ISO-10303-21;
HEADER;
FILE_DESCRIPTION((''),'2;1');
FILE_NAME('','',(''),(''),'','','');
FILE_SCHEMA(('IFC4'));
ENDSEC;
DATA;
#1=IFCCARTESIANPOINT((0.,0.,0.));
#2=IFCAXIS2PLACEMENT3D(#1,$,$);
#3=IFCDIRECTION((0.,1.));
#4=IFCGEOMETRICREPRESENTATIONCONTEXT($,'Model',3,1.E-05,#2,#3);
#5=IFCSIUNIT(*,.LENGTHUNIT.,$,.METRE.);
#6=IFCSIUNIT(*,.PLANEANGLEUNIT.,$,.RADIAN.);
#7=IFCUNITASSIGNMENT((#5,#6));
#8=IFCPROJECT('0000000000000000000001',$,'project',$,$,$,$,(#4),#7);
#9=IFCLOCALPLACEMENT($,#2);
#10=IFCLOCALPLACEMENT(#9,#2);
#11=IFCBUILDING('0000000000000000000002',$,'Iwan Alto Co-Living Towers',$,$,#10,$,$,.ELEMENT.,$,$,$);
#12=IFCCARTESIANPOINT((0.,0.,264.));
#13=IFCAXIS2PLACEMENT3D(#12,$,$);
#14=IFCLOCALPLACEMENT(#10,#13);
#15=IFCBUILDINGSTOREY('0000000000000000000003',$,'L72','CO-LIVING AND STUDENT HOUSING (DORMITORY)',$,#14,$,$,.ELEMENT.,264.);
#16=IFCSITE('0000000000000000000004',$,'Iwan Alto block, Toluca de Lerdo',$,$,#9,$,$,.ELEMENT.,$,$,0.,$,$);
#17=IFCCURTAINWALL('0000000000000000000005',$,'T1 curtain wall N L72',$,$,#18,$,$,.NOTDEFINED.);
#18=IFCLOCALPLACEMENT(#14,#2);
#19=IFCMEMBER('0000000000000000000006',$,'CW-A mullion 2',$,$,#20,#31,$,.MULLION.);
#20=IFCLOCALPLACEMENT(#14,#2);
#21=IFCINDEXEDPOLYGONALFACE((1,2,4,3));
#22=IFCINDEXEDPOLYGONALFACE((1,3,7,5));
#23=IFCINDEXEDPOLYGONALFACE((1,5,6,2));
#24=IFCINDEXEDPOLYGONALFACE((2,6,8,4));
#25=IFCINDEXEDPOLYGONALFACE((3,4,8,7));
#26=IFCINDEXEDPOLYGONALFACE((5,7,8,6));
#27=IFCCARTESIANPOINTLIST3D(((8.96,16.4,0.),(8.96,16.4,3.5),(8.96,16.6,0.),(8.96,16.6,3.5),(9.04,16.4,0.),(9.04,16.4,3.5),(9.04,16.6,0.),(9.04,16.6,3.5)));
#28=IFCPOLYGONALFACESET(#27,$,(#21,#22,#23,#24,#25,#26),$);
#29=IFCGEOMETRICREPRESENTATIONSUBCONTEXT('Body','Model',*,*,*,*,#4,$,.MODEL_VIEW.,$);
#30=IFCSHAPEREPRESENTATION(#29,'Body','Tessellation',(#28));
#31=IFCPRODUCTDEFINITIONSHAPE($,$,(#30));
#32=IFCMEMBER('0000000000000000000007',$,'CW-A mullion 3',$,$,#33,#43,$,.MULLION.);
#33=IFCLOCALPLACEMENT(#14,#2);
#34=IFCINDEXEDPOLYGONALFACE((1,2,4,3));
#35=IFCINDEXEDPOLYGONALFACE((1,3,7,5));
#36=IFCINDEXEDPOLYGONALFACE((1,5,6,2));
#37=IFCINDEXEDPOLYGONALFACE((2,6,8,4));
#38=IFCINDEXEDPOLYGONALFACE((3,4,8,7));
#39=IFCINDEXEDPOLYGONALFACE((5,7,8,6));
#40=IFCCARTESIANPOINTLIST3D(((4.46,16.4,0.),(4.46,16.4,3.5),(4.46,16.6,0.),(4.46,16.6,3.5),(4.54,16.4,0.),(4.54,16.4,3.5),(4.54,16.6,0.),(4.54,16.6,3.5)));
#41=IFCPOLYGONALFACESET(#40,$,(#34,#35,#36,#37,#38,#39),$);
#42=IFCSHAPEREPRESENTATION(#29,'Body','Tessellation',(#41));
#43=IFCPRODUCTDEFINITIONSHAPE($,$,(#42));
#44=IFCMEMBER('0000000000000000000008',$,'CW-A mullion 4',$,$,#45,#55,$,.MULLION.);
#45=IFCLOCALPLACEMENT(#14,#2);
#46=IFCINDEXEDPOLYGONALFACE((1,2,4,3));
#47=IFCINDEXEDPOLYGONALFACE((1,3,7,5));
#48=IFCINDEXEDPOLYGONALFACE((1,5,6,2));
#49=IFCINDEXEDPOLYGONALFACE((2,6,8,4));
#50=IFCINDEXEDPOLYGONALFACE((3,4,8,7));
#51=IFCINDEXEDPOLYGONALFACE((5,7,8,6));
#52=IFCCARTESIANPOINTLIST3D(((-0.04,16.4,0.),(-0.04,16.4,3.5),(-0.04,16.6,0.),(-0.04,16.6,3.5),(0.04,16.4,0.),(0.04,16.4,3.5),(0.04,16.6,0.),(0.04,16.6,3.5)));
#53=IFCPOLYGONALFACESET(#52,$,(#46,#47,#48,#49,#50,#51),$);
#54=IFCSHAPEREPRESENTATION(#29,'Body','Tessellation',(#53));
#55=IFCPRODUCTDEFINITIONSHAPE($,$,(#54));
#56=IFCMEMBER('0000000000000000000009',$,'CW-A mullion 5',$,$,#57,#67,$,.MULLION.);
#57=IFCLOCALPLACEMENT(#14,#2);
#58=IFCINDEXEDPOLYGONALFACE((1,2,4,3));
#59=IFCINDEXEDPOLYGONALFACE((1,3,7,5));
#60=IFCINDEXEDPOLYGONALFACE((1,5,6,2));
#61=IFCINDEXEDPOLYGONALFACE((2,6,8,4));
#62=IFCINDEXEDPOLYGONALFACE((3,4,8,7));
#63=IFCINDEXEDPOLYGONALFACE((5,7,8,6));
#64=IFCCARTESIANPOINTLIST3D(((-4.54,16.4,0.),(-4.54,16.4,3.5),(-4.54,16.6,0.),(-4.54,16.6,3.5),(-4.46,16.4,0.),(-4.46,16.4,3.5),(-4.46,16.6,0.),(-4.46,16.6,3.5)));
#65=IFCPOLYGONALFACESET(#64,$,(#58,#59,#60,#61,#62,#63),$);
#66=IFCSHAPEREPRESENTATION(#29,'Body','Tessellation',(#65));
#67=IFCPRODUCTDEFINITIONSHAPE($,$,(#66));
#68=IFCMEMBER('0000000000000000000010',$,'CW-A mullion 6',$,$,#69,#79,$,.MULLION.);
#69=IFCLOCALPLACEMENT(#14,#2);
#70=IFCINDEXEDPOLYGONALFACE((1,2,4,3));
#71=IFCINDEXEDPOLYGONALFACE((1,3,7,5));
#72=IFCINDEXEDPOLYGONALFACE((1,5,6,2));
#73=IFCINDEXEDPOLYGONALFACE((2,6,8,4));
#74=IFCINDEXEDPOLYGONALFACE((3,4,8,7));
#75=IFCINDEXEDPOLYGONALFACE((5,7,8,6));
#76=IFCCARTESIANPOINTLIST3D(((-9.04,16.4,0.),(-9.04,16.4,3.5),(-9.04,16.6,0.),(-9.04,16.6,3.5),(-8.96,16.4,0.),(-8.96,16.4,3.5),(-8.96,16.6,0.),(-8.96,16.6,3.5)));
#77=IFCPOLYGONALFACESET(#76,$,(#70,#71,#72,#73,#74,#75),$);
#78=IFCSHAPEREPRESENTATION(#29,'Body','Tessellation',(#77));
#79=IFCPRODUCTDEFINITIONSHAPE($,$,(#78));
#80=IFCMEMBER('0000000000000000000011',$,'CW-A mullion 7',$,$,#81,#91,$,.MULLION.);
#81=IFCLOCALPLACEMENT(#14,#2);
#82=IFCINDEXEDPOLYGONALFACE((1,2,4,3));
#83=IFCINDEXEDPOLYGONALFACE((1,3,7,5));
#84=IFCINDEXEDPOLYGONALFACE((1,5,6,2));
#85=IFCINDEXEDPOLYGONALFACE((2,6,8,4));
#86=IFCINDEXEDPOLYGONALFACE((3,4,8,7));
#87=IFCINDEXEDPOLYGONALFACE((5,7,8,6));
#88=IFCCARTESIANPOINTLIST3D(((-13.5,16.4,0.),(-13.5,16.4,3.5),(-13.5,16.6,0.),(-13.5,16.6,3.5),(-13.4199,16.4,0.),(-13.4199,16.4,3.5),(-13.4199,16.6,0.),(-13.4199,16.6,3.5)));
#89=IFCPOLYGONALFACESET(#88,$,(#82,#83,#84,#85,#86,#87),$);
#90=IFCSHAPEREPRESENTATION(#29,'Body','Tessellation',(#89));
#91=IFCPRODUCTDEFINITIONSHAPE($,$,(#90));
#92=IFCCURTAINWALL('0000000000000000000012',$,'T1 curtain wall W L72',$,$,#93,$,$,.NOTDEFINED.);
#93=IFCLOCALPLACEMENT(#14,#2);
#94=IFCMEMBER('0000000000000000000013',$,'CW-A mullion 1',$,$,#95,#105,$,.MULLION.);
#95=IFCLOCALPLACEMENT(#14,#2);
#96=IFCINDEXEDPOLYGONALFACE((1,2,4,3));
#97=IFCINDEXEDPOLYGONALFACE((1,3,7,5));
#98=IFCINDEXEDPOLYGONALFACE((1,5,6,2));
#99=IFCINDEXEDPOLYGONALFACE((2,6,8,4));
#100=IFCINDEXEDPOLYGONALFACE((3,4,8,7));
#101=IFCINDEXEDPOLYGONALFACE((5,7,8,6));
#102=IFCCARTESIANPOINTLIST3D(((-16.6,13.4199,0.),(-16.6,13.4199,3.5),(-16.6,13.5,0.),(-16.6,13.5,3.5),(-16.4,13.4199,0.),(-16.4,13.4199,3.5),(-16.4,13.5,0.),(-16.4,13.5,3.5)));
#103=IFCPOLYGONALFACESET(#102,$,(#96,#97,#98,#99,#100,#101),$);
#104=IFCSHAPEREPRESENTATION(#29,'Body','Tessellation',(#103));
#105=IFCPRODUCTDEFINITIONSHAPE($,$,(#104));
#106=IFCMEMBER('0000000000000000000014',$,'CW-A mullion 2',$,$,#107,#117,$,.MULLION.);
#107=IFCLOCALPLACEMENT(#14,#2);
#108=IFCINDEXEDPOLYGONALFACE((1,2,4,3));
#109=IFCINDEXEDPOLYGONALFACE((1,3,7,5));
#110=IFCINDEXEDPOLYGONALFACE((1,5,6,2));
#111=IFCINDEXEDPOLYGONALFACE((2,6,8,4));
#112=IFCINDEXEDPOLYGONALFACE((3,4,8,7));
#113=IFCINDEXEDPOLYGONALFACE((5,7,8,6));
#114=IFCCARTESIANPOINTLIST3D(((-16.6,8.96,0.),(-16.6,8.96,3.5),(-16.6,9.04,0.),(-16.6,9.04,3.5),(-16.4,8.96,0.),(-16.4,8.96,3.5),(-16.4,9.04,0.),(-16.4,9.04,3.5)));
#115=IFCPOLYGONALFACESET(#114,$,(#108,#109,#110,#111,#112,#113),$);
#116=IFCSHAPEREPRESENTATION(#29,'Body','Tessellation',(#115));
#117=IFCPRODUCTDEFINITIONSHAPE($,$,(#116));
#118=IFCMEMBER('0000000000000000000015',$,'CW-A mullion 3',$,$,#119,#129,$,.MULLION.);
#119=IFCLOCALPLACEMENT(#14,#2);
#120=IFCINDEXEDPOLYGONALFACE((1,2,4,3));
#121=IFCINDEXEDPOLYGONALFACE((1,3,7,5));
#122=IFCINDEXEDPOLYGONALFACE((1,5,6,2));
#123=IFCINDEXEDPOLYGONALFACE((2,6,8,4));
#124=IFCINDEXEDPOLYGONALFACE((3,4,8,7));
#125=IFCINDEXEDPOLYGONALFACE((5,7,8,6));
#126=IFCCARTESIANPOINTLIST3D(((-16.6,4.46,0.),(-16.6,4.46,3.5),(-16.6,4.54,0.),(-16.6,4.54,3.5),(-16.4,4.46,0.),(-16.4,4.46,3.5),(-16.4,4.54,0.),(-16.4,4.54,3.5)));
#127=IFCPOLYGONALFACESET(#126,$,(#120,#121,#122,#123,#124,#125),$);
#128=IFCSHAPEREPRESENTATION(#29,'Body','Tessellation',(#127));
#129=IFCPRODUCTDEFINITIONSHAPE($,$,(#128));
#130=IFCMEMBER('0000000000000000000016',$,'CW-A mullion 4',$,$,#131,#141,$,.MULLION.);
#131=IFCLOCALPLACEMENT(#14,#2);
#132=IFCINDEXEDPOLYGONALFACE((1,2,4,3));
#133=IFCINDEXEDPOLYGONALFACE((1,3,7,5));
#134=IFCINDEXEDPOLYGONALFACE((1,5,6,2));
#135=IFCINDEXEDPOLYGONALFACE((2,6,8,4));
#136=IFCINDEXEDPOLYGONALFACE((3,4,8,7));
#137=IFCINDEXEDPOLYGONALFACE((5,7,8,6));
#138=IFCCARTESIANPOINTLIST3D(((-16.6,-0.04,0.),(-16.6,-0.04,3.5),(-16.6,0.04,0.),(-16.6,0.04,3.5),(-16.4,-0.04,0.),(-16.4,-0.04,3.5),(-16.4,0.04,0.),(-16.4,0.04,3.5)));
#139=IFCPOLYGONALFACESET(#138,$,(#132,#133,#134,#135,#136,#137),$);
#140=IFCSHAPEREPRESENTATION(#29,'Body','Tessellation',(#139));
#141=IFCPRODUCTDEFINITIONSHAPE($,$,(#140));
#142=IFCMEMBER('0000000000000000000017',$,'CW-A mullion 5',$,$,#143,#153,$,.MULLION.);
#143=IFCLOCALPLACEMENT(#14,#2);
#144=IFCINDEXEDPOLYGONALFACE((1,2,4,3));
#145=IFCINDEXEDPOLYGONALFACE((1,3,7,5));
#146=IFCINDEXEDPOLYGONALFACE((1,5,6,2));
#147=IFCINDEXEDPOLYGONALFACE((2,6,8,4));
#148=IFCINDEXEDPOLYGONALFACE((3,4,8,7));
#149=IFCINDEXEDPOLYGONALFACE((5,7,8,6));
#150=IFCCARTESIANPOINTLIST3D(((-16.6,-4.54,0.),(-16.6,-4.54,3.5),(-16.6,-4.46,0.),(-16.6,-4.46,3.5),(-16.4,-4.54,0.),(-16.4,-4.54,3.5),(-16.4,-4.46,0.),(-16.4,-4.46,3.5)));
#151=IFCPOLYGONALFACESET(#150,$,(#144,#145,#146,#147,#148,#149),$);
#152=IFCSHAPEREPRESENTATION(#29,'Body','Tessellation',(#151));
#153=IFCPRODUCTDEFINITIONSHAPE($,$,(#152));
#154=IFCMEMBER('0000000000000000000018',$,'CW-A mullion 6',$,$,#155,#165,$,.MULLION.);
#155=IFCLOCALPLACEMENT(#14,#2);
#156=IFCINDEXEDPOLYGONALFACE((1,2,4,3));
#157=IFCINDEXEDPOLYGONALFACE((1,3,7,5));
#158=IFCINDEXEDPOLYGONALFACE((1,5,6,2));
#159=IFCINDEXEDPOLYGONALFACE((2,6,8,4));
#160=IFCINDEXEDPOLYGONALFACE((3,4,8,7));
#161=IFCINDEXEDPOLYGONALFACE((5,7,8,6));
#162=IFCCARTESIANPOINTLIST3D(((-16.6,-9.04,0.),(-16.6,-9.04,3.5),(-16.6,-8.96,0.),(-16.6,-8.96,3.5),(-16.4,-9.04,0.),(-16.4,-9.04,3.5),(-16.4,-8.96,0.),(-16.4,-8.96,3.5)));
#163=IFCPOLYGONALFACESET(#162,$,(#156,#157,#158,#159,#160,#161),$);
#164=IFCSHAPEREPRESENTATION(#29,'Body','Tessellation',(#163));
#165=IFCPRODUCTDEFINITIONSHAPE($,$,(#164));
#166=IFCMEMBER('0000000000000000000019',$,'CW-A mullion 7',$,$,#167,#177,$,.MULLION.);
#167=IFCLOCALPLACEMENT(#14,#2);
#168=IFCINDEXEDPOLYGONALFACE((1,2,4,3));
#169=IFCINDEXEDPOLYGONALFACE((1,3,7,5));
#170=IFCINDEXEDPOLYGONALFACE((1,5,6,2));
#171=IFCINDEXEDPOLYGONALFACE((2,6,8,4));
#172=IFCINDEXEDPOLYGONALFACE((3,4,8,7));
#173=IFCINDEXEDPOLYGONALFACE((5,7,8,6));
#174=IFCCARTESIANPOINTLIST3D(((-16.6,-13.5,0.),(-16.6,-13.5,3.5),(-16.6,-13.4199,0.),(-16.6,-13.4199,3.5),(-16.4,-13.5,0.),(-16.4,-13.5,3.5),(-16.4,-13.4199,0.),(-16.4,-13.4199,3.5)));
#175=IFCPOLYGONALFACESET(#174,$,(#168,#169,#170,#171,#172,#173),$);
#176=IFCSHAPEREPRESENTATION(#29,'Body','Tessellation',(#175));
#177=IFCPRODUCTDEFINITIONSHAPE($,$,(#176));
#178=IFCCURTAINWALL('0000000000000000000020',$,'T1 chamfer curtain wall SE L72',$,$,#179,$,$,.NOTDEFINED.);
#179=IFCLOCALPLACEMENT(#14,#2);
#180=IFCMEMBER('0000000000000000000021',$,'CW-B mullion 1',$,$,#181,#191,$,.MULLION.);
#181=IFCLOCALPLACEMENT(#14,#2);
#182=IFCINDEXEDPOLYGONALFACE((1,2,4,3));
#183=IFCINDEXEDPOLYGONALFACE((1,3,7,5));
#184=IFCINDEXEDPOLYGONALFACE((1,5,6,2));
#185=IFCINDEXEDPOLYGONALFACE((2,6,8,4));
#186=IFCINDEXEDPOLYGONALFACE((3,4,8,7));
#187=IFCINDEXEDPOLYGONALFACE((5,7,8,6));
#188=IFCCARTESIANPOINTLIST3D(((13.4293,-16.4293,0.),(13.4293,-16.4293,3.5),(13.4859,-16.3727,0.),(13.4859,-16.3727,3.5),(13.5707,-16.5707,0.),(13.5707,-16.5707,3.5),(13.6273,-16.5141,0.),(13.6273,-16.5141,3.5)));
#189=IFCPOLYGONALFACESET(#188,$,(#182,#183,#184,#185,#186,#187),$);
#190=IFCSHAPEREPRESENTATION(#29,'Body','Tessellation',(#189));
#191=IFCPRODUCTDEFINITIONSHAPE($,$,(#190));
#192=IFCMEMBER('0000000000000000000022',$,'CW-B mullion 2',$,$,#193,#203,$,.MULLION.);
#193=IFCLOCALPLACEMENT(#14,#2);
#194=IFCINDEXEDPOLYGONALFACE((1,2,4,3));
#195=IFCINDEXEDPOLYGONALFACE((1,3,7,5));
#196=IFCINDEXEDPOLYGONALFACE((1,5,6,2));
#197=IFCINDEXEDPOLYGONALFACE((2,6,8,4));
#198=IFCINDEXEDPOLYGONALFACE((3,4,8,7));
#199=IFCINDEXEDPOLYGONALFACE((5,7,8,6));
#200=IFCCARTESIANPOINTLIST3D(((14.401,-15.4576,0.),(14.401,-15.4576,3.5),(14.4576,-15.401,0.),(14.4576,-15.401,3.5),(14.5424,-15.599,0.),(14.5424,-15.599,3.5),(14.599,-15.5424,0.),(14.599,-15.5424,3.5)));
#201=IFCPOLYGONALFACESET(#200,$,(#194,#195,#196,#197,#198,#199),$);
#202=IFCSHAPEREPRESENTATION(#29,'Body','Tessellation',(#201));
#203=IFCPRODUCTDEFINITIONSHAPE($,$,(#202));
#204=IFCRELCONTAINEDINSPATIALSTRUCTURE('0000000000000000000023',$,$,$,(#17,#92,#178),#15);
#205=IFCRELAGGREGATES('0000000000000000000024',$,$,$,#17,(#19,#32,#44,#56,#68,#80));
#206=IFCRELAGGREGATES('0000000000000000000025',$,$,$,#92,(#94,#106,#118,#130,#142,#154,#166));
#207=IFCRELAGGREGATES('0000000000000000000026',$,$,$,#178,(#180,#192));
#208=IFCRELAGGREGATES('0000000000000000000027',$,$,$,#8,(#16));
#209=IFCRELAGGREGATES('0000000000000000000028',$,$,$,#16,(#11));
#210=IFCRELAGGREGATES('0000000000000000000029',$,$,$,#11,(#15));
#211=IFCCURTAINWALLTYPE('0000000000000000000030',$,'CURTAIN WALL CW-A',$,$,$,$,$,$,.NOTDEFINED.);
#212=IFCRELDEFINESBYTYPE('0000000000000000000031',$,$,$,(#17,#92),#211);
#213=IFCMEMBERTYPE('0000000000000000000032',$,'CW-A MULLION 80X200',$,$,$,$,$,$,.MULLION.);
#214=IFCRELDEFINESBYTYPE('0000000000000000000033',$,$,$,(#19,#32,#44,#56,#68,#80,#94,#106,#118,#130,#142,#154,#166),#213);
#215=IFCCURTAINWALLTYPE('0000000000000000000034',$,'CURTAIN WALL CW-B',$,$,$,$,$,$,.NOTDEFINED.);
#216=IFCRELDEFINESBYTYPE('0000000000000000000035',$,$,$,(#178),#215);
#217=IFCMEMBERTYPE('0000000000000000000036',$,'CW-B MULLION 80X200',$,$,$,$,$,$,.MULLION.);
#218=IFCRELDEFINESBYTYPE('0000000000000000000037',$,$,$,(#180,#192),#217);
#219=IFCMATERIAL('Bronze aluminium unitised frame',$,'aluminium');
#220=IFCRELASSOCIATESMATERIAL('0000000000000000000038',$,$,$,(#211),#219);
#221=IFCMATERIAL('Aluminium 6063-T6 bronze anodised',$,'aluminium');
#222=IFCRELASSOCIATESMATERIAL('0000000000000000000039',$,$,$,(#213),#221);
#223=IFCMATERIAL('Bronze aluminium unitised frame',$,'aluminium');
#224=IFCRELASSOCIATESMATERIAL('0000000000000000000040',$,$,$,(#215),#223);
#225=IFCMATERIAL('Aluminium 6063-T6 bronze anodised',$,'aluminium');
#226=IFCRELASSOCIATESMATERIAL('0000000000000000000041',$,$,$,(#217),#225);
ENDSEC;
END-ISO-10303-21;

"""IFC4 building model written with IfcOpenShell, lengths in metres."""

from ifc_helpers import new_model, si_unit, direction, frame, origin, origin_2d, place, context, subcontext, project, spatial, rectangle, extrude, material, material_profile, profile_set, type_object, element, aggregate, save


model = new_model("IFC4")

# Units and contexts
model_context = context("Model", 3, precision=1e-05, world=origin(), true_north=direction((0.0, 1.0)))
body_context = subcontext(model_context, "Body", "Model", "MODEL_VIEW")
ifc_project = project(units=[si_unit("LENGTHUNIT", "METRE"), si_unit("PLANEANGLEUNIT", "RADIAN")], contexts=[model_context])

# Site, building, storey
site_placement = place(None, origin())
site = spatial("IfcSite", under=ifc_project, at=site_placement, Name="Iwan Alto block, Toluca de Lerdo", CompositionType="ELEMENT", RefElevation=0.0)
building_placement = place(site_placement, origin())
building = spatial("IfcBuilding", under=site, at=building_placement, Name="Iwan Alto Co-Living Towers", CompositionType="ELEMENT")
storey_placement = place(building_placement, frame((0.0, 0.0, 264.0)))
storey = spatial("IfcBuildingStorey", under=building, at=storey_placement, Name="L72", Description="CO-LIVING AND STUDENT HOUSING (DORMITORY)", CompositionType="ELEMENT", Elevation=264.0)

# Curtain walls, members
ifc_material_1 = material(Name="Bronze aluminium unitised frame", Category="aluminium")
curtain_wall_type_1 = type_object("IfcCurtainWallType", Name="CURTAIN WALL CW-A", PredefinedType="NOTDEFINED", material=ifc_material_1)
ifc_material_2 = material(Name="Aluminium 6063-T6 bronze anodised", Category="aluminium")
ifc_material_profile_1 = material_profile(ifc_material_2, rectangle(XDim=0.2, YDim=0.0801, at=origin_2d()), Name="AL 80X200")
ifc_profile_set_1 = profile_set([ifc_material_profile_1], Name="Aluminium 6063-T6 bronze anodised")
member_type_1 = type_object("IfcMemberType", Name="CW-A MULLION 80X200", PredefinedType="MULLION", material=ifc_profile_set_1)
curtain_wall_1_placement = place(storey_placement, origin())
curtain_wall_1 = element("IfcCurtainWall", 1, at=curtain_wall_1_placement, inside=storey, type_object=curtain_wall_type_1, Name="T1 curtain wall N L72", PredefinedType="NOTDEFINED")
member_1_placement = place(storey_placement, frame((9.0, 16.5, 0.0), z_axis=(0.0, 0.0, 1.0), x_axis=(0.0, -1.0, 0.0)))
member_1 = element("IfcMember", 2, at=member_1_placement, type_object=member_type_1, Name="CW-A mullion 2", PredefinedType="MULLION", context=body_context, shape_type="SweptSolid", body=[
    extrude(rectangle(XDim=0.2, YDim=0.0801, at=origin_2d()), origin(), (0.0, 0.0, 1.0), 3.5),
])
member_2_placement = place(storey_placement, frame((4.5, 16.5, 0.0), z_axis=(0.0, 0.0, 1.0), x_axis=(0.0, -1.0, 0.0)))
member_2 = element("IfcMember", 3, at=member_2_placement, type_object=member_type_1, Name="CW-A mullion 3", PredefinedType="MULLION", context=body_context, shape_type="SweptSolid", body=[
    extrude(rectangle(XDim=0.2, YDim=0.0801, at=origin_2d()), origin(), (0.0, 0.0, 1.0), 3.5),
])
member_3_placement = place(storey_placement, frame((0.0, 16.5, 0.0), z_axis=(0.0, 0.0, 1.0), x_axis=(0.0, -1.0, 0.0)))
member_3 = element("IfcMember", 4, at=member_3_placement, type_object=member_type_1, Name="CW-A mullion 4", PredefinedType="MULLION", context=body_context, shape_type="SweptSolid", body=[
    extrude(rectangle(XDim=0.2, YDim=0.0801, at=origin_2d()), origin(), (0.0, 0.0, 1.0), 3.5),
])
member_4_placement = place(storey_placement, frame((-4.5, 16.5, 0.0), z_axis=(0.0, 0.0, 1.0), x_axis=(0.0, -1.0, 0.0)))
member_4 = element("IfcMember", 5, at=member_4_placement, type_object=member_type_1, Name="CW-A mullion 5", PredefinedType="MULLION", context=body_context, shape_type="SweptSolid", body=[
    extrude(rectangle(XDim=0.2, YDim=0.0801, at=origin_2d()), origin(), (0.0, 0.0, 1.0), 3.5),
])
member_5_placement = place(storey_placement, frame((-9.0, 16.5, 0.0), z_axis=(0.0, 0.0, 1.0), x_axis=(0.0, -1.0, 0.0)))
member_5 = element("IfcMember", 6, at=member_5_placement, type_object=member_type_1, Name="CW-A mullion 6", PredefinedType="MULLION", context=body_context, shape_type="SweptSolid", body=[
    extrude(rectangle(XDim=0.2, YDim=0.0801, at=origin_2d()), origin(), (0.0, 0.0, 1.0), 3.5),
])
member_6_placement = place(storey_placement, frame((-13.46, 16.5, 0.0), z_axis=(0.0, 0.0, 1.0), x_axis=(0.0, -1.0, 0.0)))
member_6 = element("IfcMember", 7, at=member_6_placement, type_object=member_type_1, Name="CW-A mullion 7", PredefinedType="MULLION", context=body_context, shape_type="SweptSolid", body=[
    extrude(rectangle(XDim=0.2, YDim=0.0801, at=origin_2d()), origin(), (0.0, 0.0, 1.0), 3.5),
])
aggregate(curtain_wall_1, [member_1, member_2, member_3, member_4, member_5, member_6])
curtain_wall_2_placement = place(storey_placement, origin())
curtain_wall_2 = element("IfcCurtainWall", 8, at=curtain_wall_2_placement, inside=storey, type_object=curtain_wall_type_1, Name="T1 curtain wall W L72", PredefinedType="NOTDEFINED")
member_7_placement = place(storey_placement, frame((-16.5, 13.46, 0.0), z_axis=(0.0, 0.0, 1.0), x_axis=(1.0, 0.0, 0.0)))
member_7 = element("IfcMember", 9, at=member_7_placement, type_object=member_type_1, Name="CW-A mullion 1", PredefinedType="MULLION", context=body_context, shape_type="SweptSolid", body=[
    extrude(rectangle(XDim=0.2, YDim=0.0801, at=origin_2d()), origin(), (0.0, 0.0, 1.0), 3.5),
])
member_8_placement = place(storey_placement, frame((-16.5, 9.0, 0.0), z_axis=(0.0, 0.0, 1.0), x_axis=(1.0, 0.0, 0.0)))
member_8 = element("IfcMember", 10, at=member_8_placement, type_object=member_type_1, Name="CW-A mullion 2", PredefinedType="MULLION", context=body_context, shape_type="SweptSolid", body=[
    extrude(rectangle(XDim=0.2, YDim=0.0801, at=origin_2d()), origin(), (0.0, 0.0, 1.0), 3.5),
])
member_9_placement = place(storey_placement, frame((-16.5, 4.5, 0.0), z_axis=(0.0, 0.0, 1.0), x_axis=(1.0, 0.0, 0.0)))
member_9 = element("IfcMember", 11, at=member_9_placement, type_object=member_type_1, Name="CW-A mullion 3", PredefinedType="MULLION", context=body_context, shape_type="SweptSolid", body=[
    extrude(rectangle(XDim=0.2, YDim=0.0801, at=origin_2d()), origin(), (0.0, 0.0, 1.0), 3.5),
])
member_10_placement = place(storey_placement, frame((-16.5, 0.0, 0.0), z_axis=(0.0, 0.0, 1.0), x_axis=(1.0, 0.0, 0.0)))
member_10 = element("IfcMember", 12, at=member_10_placement, type_object=member_type_1, Name="CW-A mullion 4", PredefinedType="MULLION", context=body_context, shape_type="SweptSolid", body=[
    extrude(rectangle(XDim=0.2, YDim=0.0801, at=origin_2d()), origin(), (0.0, 0.0, 1.0), 3.5),
])
member_11_placement = place(storey_placement, frame((-16.5, -4.5, 0.0), z_axis=(0.0, 0.0, 1.0), x_axis=(1.0, 0.0, 0.0)))
member_11 = element("IfcMember", 13, at=member_11_placement, type_object=member_type_1, Name="CW-A mullion 5", PredefinedType="MULLION", context=body_context, shape_type="SweptSolid", body=[
    extrude(rectangle(XDim=0.2, YDim=0.0801, at=origin_2d()), origin(), (0.0, 0.0, 1.0), 3.5),
])
member_12_placement = place(storey_placement, frame((-16.5, -9.0, 0.0), z_axis=(0.0, 0.0, 1.0), x_axis=(1.0, 0.0, 0.0)))
member_12 = element("IfcMember", 14, at=member_12_placement, type_object=member_type_1, Name="CW-A mullion 6", PredefinedType="MULLION", context=body_context, shape_type="SweptSolid", body=[
    extrude(rectangle(XDim=0.2, YDim=0.0801, at=origin_2d()), origin(), (0.0, 0.0, 1.0), 3.5),
])
member_13_placement = place(storey_placement, frame((-16.5, -13.46, 0.0), z_axis=(0.0, 0.0, 1.0), x_axis=(1.0, 0.0, 0.0)))
member_13 = element("IfcMember", 15, at=member_13_placement, type_object=member_type_1, Name="CW-A mullion 7", PredefinedType="MULLION", context=body_context, shape_type="SweptSolid", body=[
    extrude(rectangle(XDim=0.2, YDim=0.0801, at=origin_2d()), origin(), (0.0, 0.0, 1.0), 3.5),
])
aggregate(curtain_wall_2, [member_7, member_8, member_9, member_10, member_11, member_12, member_13])
ifc_material_3 = material(Name="Bronze aluminium unitised frame", Category="aluminium")
curtain_wall_type_2 = type_object("IfcCurtainWallType", Name="CURTAIN WALL CW-B", PredefinedType="NOTDEFINED", material=ifc_material_3)
curtain_wall_3_placement = place(storey_placement, origin())
curtain_wall_3 = element("IfcCurtainWall", 16, at=curtain_wall_3_placement, inside=storey, type_object=curtain_wall_type_2, Name="T1 chamfer curtain wall SE L72", PredefinedType="NOTDEFINED")
ifc_material_4 = material(Name="Aluminium 6063-T6 bronze anodised", Category="aluminium")
ifc_material_profile_2 = material_profile(ifc_material_4, rectangle(XDim=0.2, YDim=0.0801, at=origin_2d()), Name="AL 80X200")
ifc_profile_set_2 = profile_set([ifc_material_profile_2], Name="Aluminium 6063-T6 bronze anodised")
member_type_2 = type_object("IfcMemberType", Name="CW-B MULLION 80X200", PredefinedType="MULLION", material=ifc_profile_set_2)
member_14_placement = place(storey_placement, frame((13.5283, -16.4717, 0.0), z_axis=(0.0, 0.0, 1.0), x_axis=(-0.707107, 0.707107, 0.0)))
member_14 = element("IfcMember", 17, at=member_14_placement, type_object=member_type_2, Name="CW-B mullion 1", PredefinedType="MULLION", context=body_context, shape_type="SweptSolid", body=[
    extrude(rectangle(XDim=0.2, YDim=0.0801, at=origin_2d()), origin(), (0.0, 0.0, 1.0), 3.5),
])
member_15_placement = place(storey_placement, frame((14.5, -15.5, 0.0), z_axis=(0.0, 0.0, 1.0), x_axis=(-0.707107, 0.707107, 0.0)))
member_15 = element("IfcMember", 18, at=member_15_placement, type_object=member_type_2, Name="CW-B mullion 2", PredefinedType="MULLION", context=body_context, shape_type="SweptSolid", body=[
    extrude(rectangle(XDim=0.2, YDim=0.0801, at=origin_2d()), origin(), (0.0, 0.0, 1.0), 3.5),
])
aggregate(curtain_wall_3, [member_14, member_15])

save(model, "model.ifc")
